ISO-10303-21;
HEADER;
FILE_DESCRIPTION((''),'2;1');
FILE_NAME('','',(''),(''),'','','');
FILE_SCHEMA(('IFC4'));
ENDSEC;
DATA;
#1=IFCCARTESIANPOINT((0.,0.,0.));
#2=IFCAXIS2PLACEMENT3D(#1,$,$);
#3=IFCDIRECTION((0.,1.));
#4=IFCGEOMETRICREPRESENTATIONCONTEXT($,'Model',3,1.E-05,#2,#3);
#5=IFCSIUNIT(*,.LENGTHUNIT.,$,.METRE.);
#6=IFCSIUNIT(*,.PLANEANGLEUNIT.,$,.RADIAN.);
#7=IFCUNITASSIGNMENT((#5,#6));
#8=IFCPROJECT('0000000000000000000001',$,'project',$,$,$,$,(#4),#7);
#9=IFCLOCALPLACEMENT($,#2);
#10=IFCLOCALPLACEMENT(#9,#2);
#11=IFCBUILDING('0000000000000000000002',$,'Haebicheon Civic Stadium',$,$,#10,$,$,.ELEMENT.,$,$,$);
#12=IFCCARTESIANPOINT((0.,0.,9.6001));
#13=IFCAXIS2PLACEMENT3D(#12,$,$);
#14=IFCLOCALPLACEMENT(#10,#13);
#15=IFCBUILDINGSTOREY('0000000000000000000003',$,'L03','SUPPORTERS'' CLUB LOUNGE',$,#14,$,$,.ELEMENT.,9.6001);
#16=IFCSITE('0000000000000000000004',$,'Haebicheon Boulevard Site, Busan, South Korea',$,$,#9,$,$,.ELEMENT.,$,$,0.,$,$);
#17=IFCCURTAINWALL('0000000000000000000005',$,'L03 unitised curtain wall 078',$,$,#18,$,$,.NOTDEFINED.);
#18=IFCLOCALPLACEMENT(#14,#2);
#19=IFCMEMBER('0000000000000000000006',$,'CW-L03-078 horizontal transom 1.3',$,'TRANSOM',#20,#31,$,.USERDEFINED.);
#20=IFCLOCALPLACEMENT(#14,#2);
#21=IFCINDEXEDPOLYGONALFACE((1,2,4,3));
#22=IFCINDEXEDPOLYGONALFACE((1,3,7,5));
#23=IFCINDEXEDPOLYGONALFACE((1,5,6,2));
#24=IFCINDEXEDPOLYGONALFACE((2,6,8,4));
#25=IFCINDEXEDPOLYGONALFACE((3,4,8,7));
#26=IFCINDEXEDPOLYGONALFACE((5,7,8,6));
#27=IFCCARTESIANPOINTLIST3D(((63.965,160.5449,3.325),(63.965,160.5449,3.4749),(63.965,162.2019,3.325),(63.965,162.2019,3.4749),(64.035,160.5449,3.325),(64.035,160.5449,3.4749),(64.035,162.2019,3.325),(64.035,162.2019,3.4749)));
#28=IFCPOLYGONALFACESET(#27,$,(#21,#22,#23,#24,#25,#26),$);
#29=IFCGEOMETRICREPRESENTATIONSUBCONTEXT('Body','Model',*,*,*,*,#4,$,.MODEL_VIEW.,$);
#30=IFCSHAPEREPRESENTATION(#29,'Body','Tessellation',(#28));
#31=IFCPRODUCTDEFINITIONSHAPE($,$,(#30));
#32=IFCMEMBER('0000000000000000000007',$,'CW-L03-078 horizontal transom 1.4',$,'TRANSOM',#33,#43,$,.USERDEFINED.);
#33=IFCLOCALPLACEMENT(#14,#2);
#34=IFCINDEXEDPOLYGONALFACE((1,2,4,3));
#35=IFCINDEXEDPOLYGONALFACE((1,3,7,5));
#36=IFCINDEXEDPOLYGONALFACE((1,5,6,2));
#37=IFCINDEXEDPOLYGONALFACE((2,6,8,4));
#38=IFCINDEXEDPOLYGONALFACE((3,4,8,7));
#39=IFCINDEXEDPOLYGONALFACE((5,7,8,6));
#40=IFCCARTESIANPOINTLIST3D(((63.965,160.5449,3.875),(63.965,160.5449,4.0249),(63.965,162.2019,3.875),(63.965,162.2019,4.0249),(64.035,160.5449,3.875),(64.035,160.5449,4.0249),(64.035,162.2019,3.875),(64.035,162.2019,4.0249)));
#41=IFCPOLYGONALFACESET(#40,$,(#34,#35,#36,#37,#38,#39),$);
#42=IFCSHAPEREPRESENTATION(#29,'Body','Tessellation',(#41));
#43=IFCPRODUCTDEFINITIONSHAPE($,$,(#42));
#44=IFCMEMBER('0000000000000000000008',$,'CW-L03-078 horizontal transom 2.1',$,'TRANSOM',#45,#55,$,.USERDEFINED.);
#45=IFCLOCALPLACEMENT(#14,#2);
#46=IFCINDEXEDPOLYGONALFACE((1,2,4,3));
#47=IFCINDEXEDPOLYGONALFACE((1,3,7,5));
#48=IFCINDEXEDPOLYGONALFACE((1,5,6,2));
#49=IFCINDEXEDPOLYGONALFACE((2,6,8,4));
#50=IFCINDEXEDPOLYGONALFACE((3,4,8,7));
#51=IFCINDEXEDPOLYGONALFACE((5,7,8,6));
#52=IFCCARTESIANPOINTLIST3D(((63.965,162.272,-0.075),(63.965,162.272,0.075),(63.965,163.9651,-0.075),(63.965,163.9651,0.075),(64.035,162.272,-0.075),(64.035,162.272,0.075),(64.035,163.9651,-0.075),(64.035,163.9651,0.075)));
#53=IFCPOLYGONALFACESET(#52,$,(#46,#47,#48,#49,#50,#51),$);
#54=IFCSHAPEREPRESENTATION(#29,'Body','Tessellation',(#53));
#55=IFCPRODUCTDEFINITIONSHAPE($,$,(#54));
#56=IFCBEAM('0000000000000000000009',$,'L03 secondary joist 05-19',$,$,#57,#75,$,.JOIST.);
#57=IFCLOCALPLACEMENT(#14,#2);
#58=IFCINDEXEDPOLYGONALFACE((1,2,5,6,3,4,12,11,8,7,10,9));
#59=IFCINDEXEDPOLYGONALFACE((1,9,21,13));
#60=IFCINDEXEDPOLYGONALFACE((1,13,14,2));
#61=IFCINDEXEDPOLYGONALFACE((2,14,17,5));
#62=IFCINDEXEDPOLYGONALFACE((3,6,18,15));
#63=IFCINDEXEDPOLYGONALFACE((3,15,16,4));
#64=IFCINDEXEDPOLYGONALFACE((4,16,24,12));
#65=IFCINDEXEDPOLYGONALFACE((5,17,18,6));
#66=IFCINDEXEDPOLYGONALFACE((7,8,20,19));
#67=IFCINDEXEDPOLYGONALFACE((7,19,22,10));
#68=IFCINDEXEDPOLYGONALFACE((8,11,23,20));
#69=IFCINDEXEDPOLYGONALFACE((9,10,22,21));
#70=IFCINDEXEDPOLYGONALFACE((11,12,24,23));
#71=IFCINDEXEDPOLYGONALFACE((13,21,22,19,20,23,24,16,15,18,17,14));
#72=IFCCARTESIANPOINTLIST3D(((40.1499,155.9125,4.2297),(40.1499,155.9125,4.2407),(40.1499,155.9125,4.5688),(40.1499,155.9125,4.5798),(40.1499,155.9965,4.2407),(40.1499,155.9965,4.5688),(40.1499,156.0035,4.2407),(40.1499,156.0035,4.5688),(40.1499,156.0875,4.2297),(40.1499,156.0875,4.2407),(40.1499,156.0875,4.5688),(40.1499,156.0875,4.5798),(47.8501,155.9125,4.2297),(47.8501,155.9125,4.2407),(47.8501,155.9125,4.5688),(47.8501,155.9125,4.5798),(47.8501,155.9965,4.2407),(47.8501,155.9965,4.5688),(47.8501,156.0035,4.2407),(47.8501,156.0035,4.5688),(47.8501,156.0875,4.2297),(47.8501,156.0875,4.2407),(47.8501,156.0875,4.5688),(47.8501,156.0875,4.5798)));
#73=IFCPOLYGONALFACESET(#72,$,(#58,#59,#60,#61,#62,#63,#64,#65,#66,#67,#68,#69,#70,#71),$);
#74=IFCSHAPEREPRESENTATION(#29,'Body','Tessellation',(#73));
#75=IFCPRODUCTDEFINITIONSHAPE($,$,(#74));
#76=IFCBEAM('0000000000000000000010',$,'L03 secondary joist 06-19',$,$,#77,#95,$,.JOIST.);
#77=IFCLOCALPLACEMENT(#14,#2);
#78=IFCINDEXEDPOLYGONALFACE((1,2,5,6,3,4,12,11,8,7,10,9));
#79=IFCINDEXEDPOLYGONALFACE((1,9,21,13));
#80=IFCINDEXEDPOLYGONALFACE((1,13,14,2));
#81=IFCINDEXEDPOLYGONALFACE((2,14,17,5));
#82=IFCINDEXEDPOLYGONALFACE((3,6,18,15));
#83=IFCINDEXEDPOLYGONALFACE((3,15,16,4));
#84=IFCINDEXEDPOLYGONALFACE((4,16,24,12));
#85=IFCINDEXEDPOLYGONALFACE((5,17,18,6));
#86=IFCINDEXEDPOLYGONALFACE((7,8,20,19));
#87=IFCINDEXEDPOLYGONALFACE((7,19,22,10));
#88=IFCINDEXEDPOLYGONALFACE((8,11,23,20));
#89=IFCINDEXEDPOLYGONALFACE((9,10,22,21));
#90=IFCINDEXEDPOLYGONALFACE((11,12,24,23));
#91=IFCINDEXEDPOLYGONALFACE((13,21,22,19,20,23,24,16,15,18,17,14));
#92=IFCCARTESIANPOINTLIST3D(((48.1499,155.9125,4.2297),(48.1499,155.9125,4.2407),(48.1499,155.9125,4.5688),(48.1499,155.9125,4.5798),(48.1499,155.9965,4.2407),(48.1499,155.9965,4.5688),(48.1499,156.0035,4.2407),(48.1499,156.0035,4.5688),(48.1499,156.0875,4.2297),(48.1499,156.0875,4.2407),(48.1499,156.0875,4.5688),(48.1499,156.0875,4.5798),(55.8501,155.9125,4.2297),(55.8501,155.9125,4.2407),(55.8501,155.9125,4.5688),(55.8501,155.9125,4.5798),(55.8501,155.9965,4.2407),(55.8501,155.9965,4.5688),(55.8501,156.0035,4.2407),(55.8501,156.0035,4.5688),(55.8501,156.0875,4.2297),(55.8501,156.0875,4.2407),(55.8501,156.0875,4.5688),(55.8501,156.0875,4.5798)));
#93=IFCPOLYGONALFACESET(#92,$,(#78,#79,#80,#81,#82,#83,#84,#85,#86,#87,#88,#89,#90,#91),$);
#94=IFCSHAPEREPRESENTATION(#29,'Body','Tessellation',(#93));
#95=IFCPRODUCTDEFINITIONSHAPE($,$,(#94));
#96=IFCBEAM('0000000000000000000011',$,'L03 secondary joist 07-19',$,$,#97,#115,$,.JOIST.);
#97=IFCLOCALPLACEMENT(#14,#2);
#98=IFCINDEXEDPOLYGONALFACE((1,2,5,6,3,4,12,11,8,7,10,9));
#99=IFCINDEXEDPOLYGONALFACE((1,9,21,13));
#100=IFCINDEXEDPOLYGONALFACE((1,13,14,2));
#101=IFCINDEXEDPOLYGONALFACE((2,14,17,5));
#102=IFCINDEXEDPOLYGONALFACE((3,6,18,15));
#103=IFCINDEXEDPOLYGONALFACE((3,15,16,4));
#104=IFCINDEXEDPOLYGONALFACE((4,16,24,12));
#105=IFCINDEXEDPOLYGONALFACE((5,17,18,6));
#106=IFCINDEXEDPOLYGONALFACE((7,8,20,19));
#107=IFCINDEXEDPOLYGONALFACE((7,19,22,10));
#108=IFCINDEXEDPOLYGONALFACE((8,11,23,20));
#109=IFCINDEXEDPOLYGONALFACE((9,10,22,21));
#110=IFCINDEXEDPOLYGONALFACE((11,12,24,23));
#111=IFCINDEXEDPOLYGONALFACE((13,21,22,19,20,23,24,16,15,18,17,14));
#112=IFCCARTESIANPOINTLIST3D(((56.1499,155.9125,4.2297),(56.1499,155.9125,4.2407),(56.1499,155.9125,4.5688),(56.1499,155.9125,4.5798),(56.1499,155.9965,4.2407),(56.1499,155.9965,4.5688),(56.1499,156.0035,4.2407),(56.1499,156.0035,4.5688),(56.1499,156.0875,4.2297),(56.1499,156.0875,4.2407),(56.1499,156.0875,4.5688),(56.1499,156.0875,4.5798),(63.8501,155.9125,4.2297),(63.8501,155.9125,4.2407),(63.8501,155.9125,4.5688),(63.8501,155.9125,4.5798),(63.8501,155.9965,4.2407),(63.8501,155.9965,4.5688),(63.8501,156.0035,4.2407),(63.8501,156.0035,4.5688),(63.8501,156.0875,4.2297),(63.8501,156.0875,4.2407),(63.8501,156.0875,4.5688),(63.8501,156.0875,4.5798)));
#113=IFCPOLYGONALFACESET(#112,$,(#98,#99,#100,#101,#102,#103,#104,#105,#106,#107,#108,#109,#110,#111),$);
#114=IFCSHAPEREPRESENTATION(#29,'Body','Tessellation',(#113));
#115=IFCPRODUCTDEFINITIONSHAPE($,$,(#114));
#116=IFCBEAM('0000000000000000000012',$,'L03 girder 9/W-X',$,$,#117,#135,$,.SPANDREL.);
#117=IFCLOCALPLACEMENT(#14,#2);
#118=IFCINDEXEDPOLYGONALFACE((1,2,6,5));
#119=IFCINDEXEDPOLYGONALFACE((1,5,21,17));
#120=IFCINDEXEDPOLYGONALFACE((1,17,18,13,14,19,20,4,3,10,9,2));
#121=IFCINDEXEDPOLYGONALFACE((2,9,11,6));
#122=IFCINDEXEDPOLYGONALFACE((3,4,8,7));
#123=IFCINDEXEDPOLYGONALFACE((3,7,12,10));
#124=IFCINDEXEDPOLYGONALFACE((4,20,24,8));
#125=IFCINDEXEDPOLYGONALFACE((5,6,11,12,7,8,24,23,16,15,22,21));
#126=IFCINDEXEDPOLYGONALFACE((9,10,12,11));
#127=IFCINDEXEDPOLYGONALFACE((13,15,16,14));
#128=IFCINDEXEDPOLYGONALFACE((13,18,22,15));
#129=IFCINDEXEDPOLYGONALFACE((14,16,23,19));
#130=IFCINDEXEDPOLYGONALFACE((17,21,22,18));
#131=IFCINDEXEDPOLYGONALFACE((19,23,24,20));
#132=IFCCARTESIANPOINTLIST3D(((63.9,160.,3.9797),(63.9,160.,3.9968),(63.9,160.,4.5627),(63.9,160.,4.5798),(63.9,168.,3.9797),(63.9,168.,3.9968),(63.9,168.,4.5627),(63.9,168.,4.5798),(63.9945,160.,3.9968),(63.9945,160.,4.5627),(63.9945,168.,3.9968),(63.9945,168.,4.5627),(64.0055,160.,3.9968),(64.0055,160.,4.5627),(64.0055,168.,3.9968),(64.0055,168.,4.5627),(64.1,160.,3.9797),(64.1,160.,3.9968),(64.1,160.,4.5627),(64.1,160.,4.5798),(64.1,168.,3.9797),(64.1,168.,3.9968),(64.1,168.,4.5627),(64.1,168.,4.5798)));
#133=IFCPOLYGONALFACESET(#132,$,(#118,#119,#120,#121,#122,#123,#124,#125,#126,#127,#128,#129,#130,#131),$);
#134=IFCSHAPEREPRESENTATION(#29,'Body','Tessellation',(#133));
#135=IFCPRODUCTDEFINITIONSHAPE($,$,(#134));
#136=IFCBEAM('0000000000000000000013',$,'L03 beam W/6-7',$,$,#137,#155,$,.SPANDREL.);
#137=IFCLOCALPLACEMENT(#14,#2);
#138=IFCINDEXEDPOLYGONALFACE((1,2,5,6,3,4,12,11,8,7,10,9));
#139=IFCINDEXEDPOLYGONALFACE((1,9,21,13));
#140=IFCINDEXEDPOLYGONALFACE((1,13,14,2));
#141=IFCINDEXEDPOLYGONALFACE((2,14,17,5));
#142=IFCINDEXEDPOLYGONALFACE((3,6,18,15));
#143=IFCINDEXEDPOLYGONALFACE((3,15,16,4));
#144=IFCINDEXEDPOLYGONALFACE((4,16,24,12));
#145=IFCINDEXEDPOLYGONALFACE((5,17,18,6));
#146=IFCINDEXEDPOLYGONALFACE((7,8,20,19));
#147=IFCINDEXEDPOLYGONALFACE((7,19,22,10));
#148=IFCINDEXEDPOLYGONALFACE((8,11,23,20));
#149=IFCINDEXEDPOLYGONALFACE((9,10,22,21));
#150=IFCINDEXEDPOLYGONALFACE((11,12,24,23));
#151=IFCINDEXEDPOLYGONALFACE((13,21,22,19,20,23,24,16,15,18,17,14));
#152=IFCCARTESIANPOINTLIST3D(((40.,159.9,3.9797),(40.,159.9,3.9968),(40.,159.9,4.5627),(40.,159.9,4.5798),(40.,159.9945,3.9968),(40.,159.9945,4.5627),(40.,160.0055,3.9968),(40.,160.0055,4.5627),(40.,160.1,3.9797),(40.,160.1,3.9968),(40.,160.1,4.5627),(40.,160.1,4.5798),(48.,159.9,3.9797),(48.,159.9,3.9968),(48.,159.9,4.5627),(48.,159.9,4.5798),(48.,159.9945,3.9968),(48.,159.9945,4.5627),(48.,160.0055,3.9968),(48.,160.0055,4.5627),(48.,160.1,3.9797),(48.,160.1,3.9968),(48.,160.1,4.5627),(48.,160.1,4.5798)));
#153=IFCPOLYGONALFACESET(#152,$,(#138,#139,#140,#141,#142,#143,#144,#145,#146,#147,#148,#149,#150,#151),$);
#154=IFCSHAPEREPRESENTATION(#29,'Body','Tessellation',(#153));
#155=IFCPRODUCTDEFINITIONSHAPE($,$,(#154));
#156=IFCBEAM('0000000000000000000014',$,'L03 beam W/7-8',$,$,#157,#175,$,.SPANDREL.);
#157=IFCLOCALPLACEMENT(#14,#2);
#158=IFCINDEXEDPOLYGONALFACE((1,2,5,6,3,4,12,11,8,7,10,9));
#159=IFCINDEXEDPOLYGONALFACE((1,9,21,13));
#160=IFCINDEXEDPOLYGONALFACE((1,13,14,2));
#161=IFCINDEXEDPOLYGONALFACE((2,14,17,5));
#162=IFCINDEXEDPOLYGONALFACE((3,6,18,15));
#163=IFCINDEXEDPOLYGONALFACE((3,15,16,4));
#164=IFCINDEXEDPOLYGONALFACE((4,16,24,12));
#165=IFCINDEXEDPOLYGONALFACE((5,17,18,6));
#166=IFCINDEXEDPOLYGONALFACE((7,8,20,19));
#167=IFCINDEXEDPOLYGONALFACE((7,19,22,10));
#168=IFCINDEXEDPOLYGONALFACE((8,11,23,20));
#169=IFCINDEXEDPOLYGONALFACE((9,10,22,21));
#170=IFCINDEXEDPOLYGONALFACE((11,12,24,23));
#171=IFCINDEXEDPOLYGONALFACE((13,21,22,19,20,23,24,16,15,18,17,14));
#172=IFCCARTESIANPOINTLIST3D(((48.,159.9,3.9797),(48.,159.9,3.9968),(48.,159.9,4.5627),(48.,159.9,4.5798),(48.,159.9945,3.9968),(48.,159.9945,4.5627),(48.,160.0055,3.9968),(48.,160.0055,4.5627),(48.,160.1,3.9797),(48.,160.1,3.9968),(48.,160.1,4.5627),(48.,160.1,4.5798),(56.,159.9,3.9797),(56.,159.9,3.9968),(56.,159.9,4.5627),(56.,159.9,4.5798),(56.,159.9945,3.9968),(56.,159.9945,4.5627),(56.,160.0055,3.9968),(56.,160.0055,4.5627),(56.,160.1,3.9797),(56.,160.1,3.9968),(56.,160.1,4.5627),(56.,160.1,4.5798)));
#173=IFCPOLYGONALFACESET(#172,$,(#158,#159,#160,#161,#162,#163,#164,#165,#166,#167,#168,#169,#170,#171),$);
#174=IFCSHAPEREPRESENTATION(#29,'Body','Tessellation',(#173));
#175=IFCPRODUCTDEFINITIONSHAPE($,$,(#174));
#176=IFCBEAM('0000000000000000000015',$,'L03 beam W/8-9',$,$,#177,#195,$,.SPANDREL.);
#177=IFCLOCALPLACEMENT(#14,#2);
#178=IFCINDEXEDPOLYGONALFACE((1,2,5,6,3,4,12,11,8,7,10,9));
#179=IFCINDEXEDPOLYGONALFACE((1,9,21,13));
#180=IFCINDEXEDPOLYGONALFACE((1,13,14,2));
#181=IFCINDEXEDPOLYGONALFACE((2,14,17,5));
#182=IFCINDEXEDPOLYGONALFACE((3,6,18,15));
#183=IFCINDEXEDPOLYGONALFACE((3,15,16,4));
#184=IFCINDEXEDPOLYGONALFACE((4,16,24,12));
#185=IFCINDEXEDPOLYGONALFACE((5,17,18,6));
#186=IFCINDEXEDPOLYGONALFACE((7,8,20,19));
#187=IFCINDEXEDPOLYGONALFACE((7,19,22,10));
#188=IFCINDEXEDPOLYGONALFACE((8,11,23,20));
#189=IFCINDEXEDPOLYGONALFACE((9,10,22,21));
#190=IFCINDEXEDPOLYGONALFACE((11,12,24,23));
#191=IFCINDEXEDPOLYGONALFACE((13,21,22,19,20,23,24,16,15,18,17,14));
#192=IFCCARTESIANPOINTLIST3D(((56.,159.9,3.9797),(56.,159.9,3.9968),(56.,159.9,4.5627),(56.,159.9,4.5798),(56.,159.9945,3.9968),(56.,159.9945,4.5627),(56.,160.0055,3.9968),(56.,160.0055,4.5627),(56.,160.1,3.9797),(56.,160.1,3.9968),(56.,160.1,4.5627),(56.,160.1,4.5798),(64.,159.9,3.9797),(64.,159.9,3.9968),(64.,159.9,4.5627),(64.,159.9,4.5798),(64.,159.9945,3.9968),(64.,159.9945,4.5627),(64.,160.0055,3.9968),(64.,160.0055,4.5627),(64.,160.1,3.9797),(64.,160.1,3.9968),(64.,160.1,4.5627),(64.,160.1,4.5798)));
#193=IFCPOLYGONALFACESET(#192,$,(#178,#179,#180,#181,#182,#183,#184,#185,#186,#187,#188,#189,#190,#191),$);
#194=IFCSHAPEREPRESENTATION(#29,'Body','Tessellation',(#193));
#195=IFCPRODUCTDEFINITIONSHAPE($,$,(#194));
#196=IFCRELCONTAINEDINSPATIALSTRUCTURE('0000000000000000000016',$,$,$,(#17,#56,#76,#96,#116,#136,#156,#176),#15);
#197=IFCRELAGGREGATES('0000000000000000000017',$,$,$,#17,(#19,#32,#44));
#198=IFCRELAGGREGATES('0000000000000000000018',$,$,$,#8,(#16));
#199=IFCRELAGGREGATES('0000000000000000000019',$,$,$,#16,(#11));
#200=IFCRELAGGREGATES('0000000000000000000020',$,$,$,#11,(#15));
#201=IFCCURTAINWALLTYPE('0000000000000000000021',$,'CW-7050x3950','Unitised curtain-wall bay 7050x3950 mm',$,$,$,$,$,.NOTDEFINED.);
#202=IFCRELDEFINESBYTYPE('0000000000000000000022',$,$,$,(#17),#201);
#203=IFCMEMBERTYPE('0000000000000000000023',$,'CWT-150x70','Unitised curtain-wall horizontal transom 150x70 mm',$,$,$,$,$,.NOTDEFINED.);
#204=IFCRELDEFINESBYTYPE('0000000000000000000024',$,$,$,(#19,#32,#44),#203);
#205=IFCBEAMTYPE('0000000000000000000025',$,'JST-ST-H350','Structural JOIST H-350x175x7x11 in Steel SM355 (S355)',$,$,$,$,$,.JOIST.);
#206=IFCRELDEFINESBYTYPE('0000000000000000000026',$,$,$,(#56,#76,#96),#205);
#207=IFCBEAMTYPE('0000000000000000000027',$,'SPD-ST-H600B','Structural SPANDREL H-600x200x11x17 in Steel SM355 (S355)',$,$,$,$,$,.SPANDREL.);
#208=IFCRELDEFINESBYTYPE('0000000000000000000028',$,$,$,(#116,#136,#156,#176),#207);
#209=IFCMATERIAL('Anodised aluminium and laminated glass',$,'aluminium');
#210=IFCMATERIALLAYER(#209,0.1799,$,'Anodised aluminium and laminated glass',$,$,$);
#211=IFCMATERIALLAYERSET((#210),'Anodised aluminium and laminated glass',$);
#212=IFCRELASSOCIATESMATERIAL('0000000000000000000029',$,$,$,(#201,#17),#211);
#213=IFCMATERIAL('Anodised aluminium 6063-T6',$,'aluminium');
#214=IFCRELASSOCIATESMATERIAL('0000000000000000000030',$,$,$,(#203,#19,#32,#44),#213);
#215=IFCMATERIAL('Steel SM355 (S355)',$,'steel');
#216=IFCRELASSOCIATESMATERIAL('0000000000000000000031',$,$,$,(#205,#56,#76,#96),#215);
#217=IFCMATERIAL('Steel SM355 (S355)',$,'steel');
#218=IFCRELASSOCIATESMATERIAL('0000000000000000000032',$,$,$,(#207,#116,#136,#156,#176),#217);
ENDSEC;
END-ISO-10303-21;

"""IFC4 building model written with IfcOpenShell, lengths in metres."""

from ifc_helpers import new_model, si_unit, direction, frame, origin, origin_2d, place, context, subcontext, project, spatial, rectangle, i_section, extrude, material, layer, layer_set, material_profile, profile_set, type_object, element, aggregate, save


model = new_model("IFC4")

# Units and contexts
model_context = context("Model", 3, precision=1e-05, world=origin(), true_north=direction((0.0, 1.0)))
body_context = subcontext(model_context, "Body", "Model", "MODEL_VIEW")
ifc_project = project(units=[si_unit("LENGTHUNIT", "METRE"), si_unit("PLANEANGLEUNIT", "RADIAN")], contexts=[model_context])

# Site, building, storey
site_placement = place(None, origin())
site = spatial("IfcSite", under=ifc_project, at=site_placement, Name="Haebicheon Boulevard Site, Busan, South Korea", CompositionType="ELEMENT", RefElevation=0.0)
building_placement = place(site_placement, origin())
building = spatial("IfcBuilding", under=site, at=building_placement, Name="Haebicheon Civic Stadium", CompositionType="ELEMENT")
storey_placement = place(building_placement, frame((0.0, 0.0, 9.6001)))
storey = spatial("IfcBuildingStorey", under=building, at=storey_placement, Name="L03", Description="SUPPORTERS' CLUB LOUNGE", CompositionType="ELEMENT", Elevation=9.6001)

# Curtain wall, members
ifc_material_1 = material(Name="Anodised aluminium and laminated glass", Category="aluminium")
ifc_layer_1 = layer(ifc_material_1, 0.1799, Name="Anodised aluminium and laminated glass")
ifc_layer_set_1 = layer_set([ifc_layer_1], Name="Anodised aluminium and laminated glass")
curtain_wall_type = type_object("IfcCurtainWallType", Name="CW-7050x3950", Description="Unitised curtain-wall bay 7050x3950 mm", PredefinedType="NOTDEFINED", material=ifc_layer_set_1)
curtain_wall_placement = place(storey_placement, origin())
curtain_wall = element("IfcCurtainWall", 1, at=curtain_wall_placement, inside=storey, type_object=curtain_wall_type, material=ifc_layer_set_1, Name="L03 unitised curtain wall 078", PredefinedType="NOTDEFINED")
ifc_material_2 = material(Name="Anodised aluminium 6063-T6", Category="aluminium")
ifc_material_profile_1 = material_profile(ifc_material_2, rectangle(XDim=0.0701, YDim=0.1499, at=origin_2d()), Name="ALU-TRAN-70x150")
ifc_profile_set_1 = profile_set([ifc_material_profile_1], Name="Anodised aluminium 6063-T6")
member_type_1 = type_object("IfcMemberType", Name="CWT-150x70", Description="Unitised curtain-wall horizontal transom 150x70 mm", PredefinedType="NOTDEFINED", material=ifc_profile_set_1)
member_1_placement = place(storey_placement, frame((64.0, 160.5449, 3.3999), z_axis=(0.0, 1.0, 0.0), x_axis=(-1.0, 0.0, 0.0)))
member_1 = element("IfcMember", 2, at=member_1_placement, type_object=member_type_1, material=ifc_profile_set_1, Name="CW-L03-078 horizontal transom 1.3", ObjectType="TRANSOM", PredefinedType="USERDEFINED", context=body_context, shape_type="SweptSolid", body=[
    extrude(rectangle(XDim=0.0701, YDim=0.1499, at=origin_2d()), origin(), (0.0, 0.0, 1.0), 1.657),
])
member_2_placement = place(storey_placement, frame((64.0, 160.5449, 3.95), z_axis=(0.0, 1.0, 0.0), x_axis=(-1.0, 0.0, 0.0)))
member_2 = element("IfcMember", 3, at=member_2_placement, type_object=member_type_1, material=ifc_profile_set_1, Name="CW-L03-078 horizontal transom 1.4", ObjectType="TRANSOM", PredefinedType="USERDEFINED", context=body_context, shape_type="SweptSolid", body=[
    extrude(rectangle(XDim=0.0701, YDim=0.1499, at=origin_2d()), origin(), (0.0, 0.0, 1.0), 1.657),
])
member_3_placement = place(storey_placement, frame((64.0, 162.272, 0.0), z_axis=(0.0, 1.0, 0.0), x_axis=(-1.0, 0.0, 0.0)))
member_3 = element("IfcMember", 4, at=member_3_placement, type_object=member_type_1, material=ifc_profile_set_1, Name="CW-L03-078 horizontal transom 2.1", ObjectType="TRANSOM", PredefinedType="USERDEFINED", context=body_context, shape_type="SweptSolid", body=[
    extrude(rectangle(XDim=0.0701, YDim=0.1499, at=origin_2d()), origin(), (0.0, 0.0, 1.0), 1.6931),
])

# Beams
ifc_material_3 = material(Name="Steel SM355 (S355)", Category="steel")
ifc_material_profile_2 = material_profile(ifc_material_3, i_section(OverallWidth=0.175, OverallDepth=0.3501, WebThickness=0.0071, FlangeThickness=0.011, at=origin_2d()), Name="H-350x175x7x11")
ifc_profile_set_2 = profile_set([ifc_material_profile_2], Name="Steel SM355 (S355)")
beam_type_1 = type_object("IfcBeamType", Name="JST-ST-H350", Description="Structural JOIST H-350x175x7x11 in Steel SM355 (S355)", PredefinedType="JOIST", material=ifc_profile_set_2)
for number, where, z_axis, x_axis, name in (
    (5, (40.1499, 156.0, 4.4048), (1.0, 0.0, 0.0), (0.0, 1.0, 0.0), "L03 secondary joist 05-19"),
    (6, (48.1499, 156.0, 4.4048), (1.0, 0.0, 0.0), (0.0, 1.0, 0.0), "L03 secondary joist 06-19"),
    (7, (56.1499, 156.0, 4.4048), (1.0, 0.0, 0.0), (0.0, 1.0, 0.0), "L03 secondary joist 07-19"),
):
    element("IfcBeam", number, at=place(storey_placement, frame(where, z_axis=z_axis, x_axis=x_axis)), inside=storey, type_object=beam_type_1, material=ifc_profile_set_2, Name=name, PredefinedType="JOIST", context=body_context, shape_type="SweptSolid", body=[
        extrude(i_section(OverallWidth=0.175, OverallDepth=0.3501, WebThickness=0.0071, FlangeThickness=0.011, at=origin_2d()), origin(), (0.0, 0.0, 1.0), 7.7002),
    ])
ifc_material_4 = material(Name="Steel SM355 (S355)", Category="steel")
ifc_material_profile_3 = material_profile(ifc_material_4, i_section(OverallWidth=0.2, OverallDepth=0.6001, WebThickness=0.011, FlangeThickness=0.0171, at=origin_2d()), Name="H-600x200x11x17")
ifc_profile_set_3 = profile_set([ifc_material_profile_3], Name="Steel SM355 (S355)")
beam_type_2 = type_object("IfcBeamType", Name="SPD-ST-H600B", Description="Structural SPANDREL H-600x200x11x17 in Steel SM355 (S355)", PredefinedType="SPANDREL", material=ifc_profile_set_3)
for number, where, z_axis, x_axis, name in (
    (8, (64.0, 160.0, 4.2798), (0.0, 1.0, 0.0), (-1.0, 0.0, 0.0), "L03 girder 9/W-X"),
    (9, (40.0, 160.0, 4.2798), (1.0, 0.0, 0.0), (0.0, 1.0, 0.0), "L03 beam W/6-7"),
    (10, (48.0, 160.0, 4.2798), (1.0, 0.0, 0.0), (0.0, 1.0, 0.0), "L03 beam W/7-8"),
    (11, (56.0, 160.0, 4.2798), (1.0, 0.0, 0.0), (0.0, 1.0, 0.0), "L03 beam W/8-9"),
):
    element("IfcBeam", number, at=place(storey_placement, frame(where, z_axis=z_axis, x_axis=x_axis)), inside=storey, type_object=beam_type_2, material=ifc_profile_set_3, Name=name, PredefinedType="SPANDREL", context=body_context, shape_type="SweptSolid", body=[
        extrude(i_section(OverallWidth=0.2, OverallDepth=0.6001, WebThickness=0.011, FlangeThickness=0.0171, at=origin_2d()), origin(), (0.0, 0.0, 1.0), 8.0),
    ])

aggregate(curtain_wall, [member_1, member_2, member_3])

save(model, "model.ifc")
